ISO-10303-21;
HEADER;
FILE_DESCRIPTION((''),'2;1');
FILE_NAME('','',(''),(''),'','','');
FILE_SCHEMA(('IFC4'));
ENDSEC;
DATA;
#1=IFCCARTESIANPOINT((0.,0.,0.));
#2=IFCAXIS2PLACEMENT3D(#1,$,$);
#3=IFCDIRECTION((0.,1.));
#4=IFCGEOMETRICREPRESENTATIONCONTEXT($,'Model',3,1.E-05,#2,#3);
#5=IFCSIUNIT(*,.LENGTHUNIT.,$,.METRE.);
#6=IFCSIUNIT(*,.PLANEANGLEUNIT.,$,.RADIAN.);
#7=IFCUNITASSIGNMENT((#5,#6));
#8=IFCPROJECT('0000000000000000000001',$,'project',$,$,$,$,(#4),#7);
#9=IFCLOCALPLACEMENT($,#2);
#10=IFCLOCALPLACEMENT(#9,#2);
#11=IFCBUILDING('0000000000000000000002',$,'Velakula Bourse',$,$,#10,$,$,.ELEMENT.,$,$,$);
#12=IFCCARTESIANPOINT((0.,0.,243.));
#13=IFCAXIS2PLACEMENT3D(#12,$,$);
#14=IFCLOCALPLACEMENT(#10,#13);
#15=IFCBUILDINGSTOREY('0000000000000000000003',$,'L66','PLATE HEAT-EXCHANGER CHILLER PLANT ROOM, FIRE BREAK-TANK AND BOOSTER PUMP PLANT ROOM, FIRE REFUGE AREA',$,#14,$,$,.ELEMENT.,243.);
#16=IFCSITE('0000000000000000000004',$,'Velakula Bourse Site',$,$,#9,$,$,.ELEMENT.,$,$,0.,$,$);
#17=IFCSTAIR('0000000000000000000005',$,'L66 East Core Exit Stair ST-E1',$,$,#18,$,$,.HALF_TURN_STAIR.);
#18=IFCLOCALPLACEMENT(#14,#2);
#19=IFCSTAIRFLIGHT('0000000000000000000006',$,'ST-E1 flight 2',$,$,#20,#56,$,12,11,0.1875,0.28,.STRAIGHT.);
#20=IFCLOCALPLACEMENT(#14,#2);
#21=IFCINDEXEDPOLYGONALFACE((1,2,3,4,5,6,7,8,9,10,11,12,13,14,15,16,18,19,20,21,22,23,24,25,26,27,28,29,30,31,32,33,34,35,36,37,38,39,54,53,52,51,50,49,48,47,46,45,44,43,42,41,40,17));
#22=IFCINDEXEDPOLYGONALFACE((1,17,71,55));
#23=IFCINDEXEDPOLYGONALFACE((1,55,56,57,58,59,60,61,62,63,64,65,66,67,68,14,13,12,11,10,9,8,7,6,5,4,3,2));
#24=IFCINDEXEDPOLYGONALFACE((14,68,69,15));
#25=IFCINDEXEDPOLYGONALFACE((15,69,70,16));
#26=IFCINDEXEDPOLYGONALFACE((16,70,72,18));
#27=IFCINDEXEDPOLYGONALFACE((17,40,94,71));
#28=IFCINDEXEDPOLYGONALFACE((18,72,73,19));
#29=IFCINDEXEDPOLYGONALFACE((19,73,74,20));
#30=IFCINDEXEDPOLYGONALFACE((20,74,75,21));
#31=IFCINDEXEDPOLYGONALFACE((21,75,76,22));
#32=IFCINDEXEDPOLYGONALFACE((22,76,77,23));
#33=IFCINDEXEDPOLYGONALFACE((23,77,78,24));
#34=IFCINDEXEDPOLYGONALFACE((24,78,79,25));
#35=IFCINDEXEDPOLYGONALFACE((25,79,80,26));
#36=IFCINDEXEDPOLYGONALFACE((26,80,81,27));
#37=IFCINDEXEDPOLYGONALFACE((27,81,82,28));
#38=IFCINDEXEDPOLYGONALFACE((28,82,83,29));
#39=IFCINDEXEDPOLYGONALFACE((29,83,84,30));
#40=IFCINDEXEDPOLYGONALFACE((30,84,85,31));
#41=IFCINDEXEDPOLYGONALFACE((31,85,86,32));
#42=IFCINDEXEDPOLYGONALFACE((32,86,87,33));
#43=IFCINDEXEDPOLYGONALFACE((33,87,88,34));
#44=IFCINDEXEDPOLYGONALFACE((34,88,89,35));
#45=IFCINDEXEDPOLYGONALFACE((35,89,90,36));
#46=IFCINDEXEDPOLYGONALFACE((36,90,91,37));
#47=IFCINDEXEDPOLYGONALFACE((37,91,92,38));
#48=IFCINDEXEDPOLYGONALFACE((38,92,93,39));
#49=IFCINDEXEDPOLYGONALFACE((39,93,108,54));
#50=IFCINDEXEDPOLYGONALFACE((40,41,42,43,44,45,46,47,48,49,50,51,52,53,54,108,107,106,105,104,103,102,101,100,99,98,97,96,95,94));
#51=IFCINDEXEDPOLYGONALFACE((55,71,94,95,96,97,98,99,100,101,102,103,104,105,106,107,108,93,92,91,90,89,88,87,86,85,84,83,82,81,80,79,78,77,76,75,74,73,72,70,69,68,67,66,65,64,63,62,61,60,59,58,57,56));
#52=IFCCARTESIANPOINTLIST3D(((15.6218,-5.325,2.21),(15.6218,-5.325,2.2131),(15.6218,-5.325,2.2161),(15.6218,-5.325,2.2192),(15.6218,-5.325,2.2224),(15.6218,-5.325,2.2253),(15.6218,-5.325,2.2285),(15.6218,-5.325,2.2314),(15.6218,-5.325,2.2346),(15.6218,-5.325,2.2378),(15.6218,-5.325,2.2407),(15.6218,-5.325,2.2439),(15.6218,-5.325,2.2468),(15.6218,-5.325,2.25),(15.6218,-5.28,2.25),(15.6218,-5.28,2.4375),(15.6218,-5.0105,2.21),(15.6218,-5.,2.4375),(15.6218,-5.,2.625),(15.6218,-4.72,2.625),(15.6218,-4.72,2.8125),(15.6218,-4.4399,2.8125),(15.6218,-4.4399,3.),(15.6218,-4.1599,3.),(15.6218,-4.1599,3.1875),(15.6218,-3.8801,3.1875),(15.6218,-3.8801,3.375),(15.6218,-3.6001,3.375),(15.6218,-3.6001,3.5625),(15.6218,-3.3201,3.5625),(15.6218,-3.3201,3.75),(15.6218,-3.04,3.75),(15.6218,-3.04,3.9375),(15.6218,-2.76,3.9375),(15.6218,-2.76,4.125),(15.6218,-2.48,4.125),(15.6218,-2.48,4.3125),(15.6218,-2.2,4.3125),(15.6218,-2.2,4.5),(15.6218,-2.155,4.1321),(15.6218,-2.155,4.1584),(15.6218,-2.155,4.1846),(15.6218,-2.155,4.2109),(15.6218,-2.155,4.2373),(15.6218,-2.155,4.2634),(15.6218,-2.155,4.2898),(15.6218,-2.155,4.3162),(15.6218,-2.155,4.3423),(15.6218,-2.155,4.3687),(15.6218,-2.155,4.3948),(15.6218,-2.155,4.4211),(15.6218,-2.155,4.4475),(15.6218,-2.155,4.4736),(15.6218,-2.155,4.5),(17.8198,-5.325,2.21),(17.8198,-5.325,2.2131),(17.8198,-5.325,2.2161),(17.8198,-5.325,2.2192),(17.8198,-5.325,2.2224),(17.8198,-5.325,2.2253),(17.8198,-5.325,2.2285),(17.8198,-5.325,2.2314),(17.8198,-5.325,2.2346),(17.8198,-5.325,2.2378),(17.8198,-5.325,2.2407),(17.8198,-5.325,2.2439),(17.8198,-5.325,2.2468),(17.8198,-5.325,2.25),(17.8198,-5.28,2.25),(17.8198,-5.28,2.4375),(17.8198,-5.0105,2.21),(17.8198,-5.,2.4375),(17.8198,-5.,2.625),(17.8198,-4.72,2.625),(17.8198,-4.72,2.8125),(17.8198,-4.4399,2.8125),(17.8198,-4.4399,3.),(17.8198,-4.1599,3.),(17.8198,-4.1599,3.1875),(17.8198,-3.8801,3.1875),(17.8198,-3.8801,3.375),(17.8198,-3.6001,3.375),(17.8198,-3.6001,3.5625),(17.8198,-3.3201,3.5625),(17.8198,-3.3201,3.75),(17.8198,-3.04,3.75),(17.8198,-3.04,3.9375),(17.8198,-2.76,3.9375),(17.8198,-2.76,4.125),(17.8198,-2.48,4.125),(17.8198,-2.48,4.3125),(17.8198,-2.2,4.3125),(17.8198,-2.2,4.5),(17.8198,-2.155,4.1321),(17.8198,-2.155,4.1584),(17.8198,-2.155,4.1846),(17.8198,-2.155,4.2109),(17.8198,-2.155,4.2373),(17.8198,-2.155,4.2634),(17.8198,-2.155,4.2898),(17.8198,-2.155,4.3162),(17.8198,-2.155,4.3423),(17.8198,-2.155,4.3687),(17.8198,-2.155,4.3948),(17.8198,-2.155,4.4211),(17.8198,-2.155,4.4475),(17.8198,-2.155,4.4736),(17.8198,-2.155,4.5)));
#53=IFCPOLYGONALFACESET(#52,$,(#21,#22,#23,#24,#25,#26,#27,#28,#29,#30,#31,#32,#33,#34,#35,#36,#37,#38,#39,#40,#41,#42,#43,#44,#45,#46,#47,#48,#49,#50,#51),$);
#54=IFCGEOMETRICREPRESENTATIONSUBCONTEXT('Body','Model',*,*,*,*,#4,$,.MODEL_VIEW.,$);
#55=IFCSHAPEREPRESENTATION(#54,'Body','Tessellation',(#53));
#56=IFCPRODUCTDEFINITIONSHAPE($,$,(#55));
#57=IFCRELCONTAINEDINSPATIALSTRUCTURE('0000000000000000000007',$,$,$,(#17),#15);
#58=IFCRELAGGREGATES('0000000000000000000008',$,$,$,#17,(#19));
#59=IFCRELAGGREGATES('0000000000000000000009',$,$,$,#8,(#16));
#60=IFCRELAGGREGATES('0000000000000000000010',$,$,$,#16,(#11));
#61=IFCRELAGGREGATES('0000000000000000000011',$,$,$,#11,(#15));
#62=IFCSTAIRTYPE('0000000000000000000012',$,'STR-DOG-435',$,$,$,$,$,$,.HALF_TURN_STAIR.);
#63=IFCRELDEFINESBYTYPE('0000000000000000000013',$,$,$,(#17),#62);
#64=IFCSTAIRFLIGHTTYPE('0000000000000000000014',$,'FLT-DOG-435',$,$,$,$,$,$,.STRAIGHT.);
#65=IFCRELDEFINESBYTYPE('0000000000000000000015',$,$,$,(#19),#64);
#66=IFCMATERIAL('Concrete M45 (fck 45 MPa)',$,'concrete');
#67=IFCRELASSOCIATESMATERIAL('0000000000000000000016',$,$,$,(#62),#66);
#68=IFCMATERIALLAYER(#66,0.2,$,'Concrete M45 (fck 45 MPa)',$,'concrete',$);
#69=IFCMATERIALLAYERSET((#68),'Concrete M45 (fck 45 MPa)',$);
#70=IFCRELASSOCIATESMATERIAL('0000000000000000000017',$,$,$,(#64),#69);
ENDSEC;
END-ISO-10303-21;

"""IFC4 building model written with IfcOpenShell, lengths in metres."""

from ifc_helpers import new_model, si_unit, direction, frame, origin, place, context, subcontext, project, spatial, polyline, outline, extrude, material, layer, layer_set, type_object, element, aggregate, save


model = new_model("IFC4")

# Units and contexts
model_context = context("Model", 3, precision=1e-05, world=origin(), true_north=direction((0.0, 1.0)))
body_context = subcontext(model_context, "Body", "Model", "MODEL_VIEW")
ifc_project = project(units=[si_unit("LENGTHUNIT", "METRE"), si_unit("PLANEANGLEUNIT", "RADIAN")], contexts=[model_context])

# Site, building, storey
site_placement = place(None, origin())
site = spatial("IfcSite", under=ifc_project, at=site_placement, Name="Velakula Bourse Site", CompositionType="ELEMENT", RefElevation=0.0)
building_placement = place(site_placement, origin())
building = spatial("IfcBuilding", under=site, at=building_placement, Name="Velakula Bourse", CompositionType="ELEMENT")
storey_placement = place(building_placement, frame((0.0, 0.0, 243.0)))
storey = spatial("IfcBuildingStorey", under=building, at=storey_placement, Name="L66", Description="PLATE HEAT-EXCHANGER CHILLER PLANT ROOM, FIRE BREAK-TANK AND BOOSTER PUMP PLANT ROOM, FIRE REFUGE AREA", CompositionType="ELEMENT", Elevation=243.0)

# Stair, stair flight
ifc_material_1 = material(Name="Concrete M45 (fck 45 MPa)", Category="concrete")
stair_type = type_object("IfcStairType", Name="STR-DOG-435", PredefinedType="HALF_TURN_STAIR", material=ifc_material_1)
stair_placement = place(storey_placement, origin())
stair = element("IfcStair", 1, at=stair_placement, inside=storey, type_object=stair_type, Name="L66 East Core Exit Stair ST-E1", PredefinedType="HALF_TURN_STAIR")
ifc_layer_1 = layer(ifc_material_1, 0.2, Name="Concrete M45 (fck 45 MPa)", Category="concrete")
ifc_layer_set_1 = layer_set([ifc_layer_1], Name="Concrete M45 (fck 45 MPa)")
stair_flight_type = type_object("IfcStairFlightType", Name="FLT-DOG-435", PredefinedType="STRAIGHT", material=ifc_layer_set_1)
stair_flight_1_placement = place(storey_placement, frame((16.7209, -5.28, 2.25), z_axis=(0.0, 0.0, 1.0), x_axis=(0.0, 1.0, 0.0)))
stair_flight_1 = element("IfcStairFlight", 2, at=stair_flight_1_placement, type_object=stair_flight_type, Name="ST-E1 flight 2", NumberOfRisers=12, NumberOfTreads=11, PredefinedType="STRAIGHT", RiserHeight=0.1875, TreadLength=0.28, context=body_context, shape_type="SweptSolid", body=[
    extrude(outline(polyline([(-0.0449, -0.04), (-0.0449, -0.0369), (-0.0449, -0.0339), (-0.0449, -0.0308), (-0.0449, -0.0276), (-0.0449, -0.0247), (-0.0449, -0.0215), (-0.0449, -0.0186), (-0.0449, -0.0154), (-0.0449, -0.0122), (-0.0449, -0.0093), (-0.0449, -0.0061), (-0.0449, -0.0032), (-0.0449, 0.0), (0.0, 0.0), (0.0, 0.1875), (0.28, 0.1875), (0.28, 0.375), (0.5601, 0.375), (0.5601, 0.5625), (0.8401, 0.5625), (0.8401, 0.75), (1.1201, 0.75), (1.1201, 0.9375), (1.3999, 0.9375), (1.3999, 1.125), (1.6799, 1.125), (1.6799, 1.3125), (1.96, 1.3125), (1.96, 1.5), (2.24, 1.5), (2.24, 1.6875), (2.52, 1.6875), (2.52, 1.875), (2.8, 1.875), (2.8, 2.0625), (3.0801, 2.0625), (3.0801, 2.25), (3.125, 2.25), (3.125, 2.2236), (3.125, 2.1975), (3.125, 2.1711), (3.125, 2.1448), (3.125, 2.1187), (3.125, 2.0923), (3.125, 2.0662), (3.125, 2.0398), (3.125, 2.0134), (3.125, 1.9873), (3.125, 1.9609), (3.125, 1.9346), (3.125, 1.9084), (3.125, 1.8821), (0.2695, -0.04), (-0.0449, -0.04)])), frame((0.0, 1.0991, 0.0), z_axis=(0.0, -1.0, 0.0), x_axis=(1.0, 0.0, 0.0)), (0.0, 0.0, 1.0), 2.198),
])
aggregate(stair, [stair_flight_1])

save(model, "model.ifc")
